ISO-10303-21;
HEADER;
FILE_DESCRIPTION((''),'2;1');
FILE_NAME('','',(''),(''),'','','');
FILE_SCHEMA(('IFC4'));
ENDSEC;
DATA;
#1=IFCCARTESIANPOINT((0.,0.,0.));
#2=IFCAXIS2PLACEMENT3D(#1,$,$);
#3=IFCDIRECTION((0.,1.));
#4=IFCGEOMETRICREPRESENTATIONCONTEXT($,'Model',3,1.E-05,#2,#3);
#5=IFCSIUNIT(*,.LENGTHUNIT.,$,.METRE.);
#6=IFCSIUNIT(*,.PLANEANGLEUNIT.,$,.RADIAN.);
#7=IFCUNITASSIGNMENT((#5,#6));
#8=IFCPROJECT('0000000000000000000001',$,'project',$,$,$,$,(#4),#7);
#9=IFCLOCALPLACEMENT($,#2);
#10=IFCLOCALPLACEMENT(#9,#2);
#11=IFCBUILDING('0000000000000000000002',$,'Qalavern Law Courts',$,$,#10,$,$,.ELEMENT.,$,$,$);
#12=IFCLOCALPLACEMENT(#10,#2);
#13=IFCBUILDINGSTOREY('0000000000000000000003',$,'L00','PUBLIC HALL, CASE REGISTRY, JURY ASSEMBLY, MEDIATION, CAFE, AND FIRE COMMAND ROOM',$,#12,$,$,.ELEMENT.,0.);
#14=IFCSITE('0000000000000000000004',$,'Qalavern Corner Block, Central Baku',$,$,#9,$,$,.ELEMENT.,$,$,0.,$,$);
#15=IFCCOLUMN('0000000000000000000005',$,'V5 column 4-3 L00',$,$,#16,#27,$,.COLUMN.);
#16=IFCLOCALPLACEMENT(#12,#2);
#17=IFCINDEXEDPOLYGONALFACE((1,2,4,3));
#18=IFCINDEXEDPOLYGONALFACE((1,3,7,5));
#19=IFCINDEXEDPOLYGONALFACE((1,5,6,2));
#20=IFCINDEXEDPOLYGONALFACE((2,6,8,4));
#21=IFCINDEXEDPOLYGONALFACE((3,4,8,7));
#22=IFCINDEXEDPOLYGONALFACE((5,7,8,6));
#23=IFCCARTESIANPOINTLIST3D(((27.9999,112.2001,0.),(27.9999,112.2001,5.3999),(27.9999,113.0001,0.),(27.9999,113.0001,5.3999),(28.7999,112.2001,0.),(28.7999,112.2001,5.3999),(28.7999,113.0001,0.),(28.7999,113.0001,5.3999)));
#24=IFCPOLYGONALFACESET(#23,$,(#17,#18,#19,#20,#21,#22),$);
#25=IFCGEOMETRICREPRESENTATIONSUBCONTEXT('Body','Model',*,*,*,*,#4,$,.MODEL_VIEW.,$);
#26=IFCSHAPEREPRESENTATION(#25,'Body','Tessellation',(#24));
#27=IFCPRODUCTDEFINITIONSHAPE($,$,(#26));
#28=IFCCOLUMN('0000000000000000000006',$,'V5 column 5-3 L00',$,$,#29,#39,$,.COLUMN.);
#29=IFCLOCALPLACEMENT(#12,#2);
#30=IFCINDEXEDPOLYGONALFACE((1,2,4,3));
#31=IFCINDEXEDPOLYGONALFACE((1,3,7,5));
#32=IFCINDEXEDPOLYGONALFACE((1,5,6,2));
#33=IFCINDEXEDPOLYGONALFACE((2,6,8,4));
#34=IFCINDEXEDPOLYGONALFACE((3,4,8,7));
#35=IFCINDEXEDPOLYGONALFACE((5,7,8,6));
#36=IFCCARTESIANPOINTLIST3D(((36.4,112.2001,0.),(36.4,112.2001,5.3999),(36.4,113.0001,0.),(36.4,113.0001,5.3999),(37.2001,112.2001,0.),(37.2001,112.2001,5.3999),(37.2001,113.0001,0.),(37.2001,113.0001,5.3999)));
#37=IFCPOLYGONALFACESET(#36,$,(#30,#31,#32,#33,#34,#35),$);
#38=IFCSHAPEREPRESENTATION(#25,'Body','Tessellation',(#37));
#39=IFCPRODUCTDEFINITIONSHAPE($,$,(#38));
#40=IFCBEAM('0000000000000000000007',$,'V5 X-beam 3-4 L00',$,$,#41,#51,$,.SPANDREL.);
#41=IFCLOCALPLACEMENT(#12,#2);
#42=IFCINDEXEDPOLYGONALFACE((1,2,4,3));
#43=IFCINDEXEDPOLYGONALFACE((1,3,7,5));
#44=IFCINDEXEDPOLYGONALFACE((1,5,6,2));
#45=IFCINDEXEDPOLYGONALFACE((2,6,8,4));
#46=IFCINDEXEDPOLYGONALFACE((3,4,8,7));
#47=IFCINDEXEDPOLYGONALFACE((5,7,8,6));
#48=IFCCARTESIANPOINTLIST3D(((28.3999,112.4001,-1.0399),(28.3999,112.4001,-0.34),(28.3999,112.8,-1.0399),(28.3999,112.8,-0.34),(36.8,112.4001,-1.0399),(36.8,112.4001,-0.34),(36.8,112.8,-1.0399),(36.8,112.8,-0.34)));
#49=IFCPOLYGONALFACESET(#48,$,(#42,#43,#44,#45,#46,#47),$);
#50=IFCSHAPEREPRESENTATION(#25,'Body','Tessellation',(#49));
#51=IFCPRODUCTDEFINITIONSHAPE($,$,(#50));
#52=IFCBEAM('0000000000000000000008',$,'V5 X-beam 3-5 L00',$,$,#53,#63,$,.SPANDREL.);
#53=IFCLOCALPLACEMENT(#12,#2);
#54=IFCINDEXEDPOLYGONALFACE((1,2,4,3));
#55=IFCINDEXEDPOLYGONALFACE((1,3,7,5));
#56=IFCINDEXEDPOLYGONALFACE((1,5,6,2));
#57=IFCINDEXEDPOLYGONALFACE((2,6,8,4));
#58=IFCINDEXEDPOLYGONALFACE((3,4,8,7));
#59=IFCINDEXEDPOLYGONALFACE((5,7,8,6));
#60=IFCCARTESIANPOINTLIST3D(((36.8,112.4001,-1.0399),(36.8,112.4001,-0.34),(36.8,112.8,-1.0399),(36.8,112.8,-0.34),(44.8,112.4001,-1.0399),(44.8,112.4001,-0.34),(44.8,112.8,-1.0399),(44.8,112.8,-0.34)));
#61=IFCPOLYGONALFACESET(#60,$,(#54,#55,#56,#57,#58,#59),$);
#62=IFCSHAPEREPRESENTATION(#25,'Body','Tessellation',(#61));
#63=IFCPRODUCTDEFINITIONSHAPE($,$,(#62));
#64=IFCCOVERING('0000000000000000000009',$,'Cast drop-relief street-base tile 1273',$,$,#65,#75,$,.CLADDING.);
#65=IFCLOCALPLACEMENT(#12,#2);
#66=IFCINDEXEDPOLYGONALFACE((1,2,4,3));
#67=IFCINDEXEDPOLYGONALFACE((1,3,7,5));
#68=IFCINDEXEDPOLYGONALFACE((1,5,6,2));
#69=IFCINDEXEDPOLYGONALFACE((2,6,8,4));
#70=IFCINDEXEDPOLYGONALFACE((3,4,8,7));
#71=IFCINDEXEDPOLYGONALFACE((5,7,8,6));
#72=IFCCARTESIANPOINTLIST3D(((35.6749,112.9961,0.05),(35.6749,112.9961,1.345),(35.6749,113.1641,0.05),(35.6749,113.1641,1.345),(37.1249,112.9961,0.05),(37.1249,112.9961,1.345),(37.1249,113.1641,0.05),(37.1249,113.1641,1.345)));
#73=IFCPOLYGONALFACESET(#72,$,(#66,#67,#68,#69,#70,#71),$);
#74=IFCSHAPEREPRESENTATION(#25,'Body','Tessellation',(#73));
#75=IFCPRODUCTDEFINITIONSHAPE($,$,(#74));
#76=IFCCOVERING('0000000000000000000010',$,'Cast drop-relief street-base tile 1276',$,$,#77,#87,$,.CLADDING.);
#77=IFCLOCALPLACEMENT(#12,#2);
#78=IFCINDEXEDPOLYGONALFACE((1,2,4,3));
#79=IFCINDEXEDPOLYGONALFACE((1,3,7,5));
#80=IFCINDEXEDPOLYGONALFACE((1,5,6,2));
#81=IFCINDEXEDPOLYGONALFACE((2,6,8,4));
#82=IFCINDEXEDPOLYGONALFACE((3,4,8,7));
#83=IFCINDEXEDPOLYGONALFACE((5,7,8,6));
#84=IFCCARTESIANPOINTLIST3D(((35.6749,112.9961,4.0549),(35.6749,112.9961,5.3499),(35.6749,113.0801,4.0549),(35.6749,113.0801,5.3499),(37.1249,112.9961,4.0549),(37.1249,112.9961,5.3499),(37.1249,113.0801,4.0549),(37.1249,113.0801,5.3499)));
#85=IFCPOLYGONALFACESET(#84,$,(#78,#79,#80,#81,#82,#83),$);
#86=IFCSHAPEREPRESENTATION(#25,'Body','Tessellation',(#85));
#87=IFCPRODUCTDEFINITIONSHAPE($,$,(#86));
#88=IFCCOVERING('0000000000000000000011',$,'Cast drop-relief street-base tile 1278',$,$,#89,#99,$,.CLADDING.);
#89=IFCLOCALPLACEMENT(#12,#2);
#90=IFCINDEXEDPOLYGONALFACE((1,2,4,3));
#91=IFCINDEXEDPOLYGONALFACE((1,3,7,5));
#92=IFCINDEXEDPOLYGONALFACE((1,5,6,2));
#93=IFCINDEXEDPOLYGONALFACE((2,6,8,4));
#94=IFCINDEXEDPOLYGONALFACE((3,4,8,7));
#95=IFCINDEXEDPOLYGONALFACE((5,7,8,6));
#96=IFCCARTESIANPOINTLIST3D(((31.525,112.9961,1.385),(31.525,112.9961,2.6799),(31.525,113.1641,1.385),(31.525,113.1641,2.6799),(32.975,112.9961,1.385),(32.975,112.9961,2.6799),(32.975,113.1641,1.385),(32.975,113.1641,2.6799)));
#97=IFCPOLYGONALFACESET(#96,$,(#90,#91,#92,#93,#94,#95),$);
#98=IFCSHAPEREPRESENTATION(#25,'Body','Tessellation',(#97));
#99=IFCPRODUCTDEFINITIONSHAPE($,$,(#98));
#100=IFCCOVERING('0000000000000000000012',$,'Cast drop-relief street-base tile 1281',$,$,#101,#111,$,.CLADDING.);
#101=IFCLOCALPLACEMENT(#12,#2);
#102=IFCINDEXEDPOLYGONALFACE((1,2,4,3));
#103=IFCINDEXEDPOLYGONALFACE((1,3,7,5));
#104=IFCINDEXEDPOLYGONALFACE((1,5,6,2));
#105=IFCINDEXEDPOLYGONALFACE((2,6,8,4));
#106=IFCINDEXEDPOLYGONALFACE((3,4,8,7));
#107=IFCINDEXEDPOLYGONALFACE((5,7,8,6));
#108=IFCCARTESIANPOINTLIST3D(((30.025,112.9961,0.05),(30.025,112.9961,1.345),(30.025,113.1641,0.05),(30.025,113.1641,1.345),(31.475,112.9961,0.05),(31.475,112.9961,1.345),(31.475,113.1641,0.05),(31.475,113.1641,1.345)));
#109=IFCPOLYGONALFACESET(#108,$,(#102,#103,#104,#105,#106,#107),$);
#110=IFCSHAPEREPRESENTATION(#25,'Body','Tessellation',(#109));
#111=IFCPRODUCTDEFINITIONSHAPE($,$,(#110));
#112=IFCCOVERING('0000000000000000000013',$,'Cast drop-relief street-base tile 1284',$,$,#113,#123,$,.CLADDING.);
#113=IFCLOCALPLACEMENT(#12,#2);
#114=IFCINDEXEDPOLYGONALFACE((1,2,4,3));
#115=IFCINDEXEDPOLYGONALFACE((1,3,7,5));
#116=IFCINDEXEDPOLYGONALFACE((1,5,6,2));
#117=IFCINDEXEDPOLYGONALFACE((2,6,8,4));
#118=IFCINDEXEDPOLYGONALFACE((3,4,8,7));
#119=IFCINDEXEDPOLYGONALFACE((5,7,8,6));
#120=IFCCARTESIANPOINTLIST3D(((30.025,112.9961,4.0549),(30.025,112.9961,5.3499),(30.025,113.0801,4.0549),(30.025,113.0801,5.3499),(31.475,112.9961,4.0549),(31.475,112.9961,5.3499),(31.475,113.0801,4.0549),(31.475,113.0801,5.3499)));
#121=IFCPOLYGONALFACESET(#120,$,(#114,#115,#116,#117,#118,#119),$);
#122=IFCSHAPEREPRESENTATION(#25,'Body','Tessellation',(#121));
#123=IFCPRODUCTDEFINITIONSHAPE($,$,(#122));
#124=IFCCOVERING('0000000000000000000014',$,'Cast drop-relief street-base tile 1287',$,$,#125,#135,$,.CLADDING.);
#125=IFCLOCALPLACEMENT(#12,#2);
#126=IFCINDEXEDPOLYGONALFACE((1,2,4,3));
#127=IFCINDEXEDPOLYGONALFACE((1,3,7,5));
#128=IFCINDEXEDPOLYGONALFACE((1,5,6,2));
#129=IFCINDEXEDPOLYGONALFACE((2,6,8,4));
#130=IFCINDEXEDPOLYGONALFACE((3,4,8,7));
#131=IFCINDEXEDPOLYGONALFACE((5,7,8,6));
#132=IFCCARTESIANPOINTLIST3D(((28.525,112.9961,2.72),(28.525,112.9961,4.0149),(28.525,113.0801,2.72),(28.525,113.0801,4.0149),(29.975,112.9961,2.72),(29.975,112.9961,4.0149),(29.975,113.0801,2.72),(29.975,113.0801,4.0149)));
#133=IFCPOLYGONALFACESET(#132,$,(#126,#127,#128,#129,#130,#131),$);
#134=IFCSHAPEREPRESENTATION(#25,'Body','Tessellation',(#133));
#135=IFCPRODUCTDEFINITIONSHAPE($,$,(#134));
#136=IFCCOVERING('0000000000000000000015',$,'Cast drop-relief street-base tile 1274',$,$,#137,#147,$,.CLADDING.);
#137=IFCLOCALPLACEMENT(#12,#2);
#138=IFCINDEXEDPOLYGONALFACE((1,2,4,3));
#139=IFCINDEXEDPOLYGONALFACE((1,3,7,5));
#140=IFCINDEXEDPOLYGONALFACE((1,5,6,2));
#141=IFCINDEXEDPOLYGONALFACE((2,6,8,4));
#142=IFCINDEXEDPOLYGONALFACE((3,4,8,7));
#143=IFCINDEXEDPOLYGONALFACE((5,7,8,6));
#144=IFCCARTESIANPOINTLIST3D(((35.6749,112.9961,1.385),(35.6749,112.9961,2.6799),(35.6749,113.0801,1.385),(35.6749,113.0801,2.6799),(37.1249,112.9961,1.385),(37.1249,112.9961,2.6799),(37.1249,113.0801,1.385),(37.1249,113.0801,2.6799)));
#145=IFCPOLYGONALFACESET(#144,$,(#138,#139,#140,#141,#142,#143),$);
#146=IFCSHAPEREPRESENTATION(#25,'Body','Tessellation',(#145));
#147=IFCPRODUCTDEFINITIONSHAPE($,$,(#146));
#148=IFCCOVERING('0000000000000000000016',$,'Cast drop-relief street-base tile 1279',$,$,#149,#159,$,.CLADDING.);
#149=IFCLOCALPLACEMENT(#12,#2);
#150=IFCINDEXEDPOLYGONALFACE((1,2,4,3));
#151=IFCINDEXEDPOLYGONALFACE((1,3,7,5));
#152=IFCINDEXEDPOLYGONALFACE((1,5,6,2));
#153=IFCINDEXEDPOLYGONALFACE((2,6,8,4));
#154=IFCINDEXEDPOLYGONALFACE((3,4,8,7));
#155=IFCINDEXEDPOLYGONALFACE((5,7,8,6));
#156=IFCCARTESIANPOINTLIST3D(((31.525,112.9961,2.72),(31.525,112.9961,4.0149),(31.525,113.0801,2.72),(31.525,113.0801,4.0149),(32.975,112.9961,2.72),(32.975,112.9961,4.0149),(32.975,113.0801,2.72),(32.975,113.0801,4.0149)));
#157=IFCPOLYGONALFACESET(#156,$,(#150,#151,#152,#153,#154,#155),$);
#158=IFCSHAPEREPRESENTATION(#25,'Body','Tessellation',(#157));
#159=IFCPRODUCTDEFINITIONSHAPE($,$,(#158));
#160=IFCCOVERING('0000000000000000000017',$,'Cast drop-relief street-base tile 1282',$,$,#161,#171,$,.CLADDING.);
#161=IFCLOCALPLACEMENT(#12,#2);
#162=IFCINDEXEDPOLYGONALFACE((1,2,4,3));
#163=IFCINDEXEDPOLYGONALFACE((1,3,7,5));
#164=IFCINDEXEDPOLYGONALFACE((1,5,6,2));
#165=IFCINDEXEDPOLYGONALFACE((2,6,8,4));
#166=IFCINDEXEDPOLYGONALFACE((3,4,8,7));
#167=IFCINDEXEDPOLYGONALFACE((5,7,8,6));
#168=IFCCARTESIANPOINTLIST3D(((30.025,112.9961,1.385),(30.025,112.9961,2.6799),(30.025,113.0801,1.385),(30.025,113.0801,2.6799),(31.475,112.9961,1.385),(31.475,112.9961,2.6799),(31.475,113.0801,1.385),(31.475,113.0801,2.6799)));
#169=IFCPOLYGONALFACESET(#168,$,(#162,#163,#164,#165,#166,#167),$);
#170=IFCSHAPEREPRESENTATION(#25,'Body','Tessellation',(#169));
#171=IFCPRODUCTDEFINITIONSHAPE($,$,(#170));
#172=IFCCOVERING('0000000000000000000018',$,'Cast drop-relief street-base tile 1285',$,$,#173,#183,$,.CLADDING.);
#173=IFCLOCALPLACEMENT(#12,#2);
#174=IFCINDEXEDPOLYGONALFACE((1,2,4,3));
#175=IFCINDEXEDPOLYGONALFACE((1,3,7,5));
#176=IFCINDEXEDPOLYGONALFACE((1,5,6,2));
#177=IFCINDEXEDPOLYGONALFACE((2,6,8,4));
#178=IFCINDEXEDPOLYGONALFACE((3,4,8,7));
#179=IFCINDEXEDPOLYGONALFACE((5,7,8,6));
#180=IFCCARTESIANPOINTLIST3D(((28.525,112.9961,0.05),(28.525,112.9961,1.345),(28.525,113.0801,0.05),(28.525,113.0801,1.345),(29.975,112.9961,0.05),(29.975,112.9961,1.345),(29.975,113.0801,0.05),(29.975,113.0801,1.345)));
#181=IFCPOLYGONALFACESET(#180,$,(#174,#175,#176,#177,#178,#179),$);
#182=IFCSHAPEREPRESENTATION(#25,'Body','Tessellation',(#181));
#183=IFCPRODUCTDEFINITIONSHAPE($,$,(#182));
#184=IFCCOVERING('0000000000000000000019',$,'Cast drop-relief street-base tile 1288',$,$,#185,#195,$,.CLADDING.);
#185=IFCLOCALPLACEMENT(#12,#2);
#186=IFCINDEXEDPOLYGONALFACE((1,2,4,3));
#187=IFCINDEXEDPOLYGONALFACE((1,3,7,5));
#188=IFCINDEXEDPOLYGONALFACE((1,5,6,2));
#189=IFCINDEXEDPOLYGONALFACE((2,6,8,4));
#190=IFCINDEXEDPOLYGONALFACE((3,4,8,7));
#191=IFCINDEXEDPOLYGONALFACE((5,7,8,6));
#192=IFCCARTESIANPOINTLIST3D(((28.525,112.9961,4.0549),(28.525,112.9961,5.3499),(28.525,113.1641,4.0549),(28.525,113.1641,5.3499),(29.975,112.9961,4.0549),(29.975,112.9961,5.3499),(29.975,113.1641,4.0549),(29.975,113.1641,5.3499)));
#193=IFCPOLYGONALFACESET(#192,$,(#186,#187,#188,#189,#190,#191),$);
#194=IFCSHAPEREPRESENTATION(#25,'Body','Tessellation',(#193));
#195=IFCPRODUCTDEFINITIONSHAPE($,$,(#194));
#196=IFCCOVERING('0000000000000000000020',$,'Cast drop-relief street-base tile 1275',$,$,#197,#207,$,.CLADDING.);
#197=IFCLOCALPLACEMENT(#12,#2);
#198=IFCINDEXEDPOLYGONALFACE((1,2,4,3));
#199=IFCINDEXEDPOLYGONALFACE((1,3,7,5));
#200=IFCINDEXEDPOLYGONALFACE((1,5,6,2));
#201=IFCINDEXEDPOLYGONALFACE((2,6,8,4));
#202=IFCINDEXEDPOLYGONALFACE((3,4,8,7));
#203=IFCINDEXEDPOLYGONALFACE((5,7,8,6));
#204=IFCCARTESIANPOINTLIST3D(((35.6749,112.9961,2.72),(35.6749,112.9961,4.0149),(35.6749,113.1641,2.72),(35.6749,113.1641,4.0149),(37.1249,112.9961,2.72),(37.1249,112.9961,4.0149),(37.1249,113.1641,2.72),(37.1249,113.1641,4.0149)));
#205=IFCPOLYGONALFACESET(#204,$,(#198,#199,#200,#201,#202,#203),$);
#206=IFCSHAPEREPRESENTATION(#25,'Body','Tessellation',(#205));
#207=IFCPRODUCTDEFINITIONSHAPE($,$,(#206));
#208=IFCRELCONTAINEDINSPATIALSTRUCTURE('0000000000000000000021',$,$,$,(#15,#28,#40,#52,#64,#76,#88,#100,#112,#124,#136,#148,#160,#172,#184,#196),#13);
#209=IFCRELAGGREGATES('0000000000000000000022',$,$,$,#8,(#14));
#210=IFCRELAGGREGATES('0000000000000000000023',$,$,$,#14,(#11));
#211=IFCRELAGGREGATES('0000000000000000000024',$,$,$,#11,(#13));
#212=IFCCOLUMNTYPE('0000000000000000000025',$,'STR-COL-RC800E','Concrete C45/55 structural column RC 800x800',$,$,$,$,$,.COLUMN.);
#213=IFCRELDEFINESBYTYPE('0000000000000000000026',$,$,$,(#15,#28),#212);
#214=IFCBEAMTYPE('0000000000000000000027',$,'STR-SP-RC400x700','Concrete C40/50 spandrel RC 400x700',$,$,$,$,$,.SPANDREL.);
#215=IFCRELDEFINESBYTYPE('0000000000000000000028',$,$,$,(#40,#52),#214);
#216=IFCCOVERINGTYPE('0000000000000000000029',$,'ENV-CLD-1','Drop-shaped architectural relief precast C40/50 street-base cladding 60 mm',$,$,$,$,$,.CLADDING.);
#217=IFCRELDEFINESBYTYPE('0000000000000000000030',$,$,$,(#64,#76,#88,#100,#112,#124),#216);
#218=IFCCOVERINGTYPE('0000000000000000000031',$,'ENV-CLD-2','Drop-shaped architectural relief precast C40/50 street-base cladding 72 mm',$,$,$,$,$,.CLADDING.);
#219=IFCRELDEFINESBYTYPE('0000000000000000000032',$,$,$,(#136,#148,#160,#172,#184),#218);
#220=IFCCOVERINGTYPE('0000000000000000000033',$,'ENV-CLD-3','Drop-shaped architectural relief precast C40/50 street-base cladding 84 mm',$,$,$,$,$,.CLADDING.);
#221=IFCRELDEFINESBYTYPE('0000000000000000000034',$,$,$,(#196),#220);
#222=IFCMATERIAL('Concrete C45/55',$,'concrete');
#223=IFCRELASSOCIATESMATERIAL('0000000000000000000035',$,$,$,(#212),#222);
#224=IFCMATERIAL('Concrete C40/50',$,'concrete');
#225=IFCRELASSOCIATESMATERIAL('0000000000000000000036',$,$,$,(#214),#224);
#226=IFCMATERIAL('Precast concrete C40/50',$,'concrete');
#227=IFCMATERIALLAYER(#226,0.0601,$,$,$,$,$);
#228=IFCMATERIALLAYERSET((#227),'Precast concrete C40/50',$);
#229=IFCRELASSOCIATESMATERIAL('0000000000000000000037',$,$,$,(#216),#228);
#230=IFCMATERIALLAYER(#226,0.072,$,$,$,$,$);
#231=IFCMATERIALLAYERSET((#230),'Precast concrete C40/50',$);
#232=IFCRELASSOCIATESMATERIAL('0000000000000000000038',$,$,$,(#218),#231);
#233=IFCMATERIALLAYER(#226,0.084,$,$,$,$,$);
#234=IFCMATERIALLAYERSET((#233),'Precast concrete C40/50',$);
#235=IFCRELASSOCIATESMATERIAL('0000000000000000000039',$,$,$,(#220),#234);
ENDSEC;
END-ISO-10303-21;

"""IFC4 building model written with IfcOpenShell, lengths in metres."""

from ifc_helpers import new_model, si_unit, direction, frame, origin, origin_2d, place, context, subcontext, project, spatial, rectangle, extrude, material, layer, layer_set, material_profile, profile_set, type_object, element, save


model = new_model("IFC4")

# Units and contexts
model_context = context("Model", 3, precision=1e-05, world=origin(), true_north=direction((0.0, 1.0)))
body_context = subcontext(model_context, "Body", "Model", "MODEL_VIEW")
ifc_project = project(units=[si_unit("LENGTHUNIT", "METRE"), si_unit("PLANEANGLEUNIT", "RADIAN")], contexts=[model_context])

# Site, building, storey
site_placement = place(None, origin())
site = spatial("IfcSite", under=ifc_project, at=site_placement, Name="Qalavern Corner Block, Central Baku", CompositionType="ELEMENT", RefElevation=0.0)
building_placement = place(site_placement, origin())
building = spatial("IfcBuilding", under=site, at=building_placement, Name="Qalavern Law Courts", CompositionType="ELEMENT")
storey_placement = place(building_placement, origin())
storey = spatial("IfcBuildingStorey", under=building, at=storey_placement, Name="L00", Description="PUBLIC HALL, CASE REGISTRY, JURY ASSEMBLY, MEDIATION, CAFE, AND FIRE COMMAND ROOM", CompositionType="ELEMENT", Elevation=0.0)

# Columns
ifc_material_1 = material(Name="Concrete C45/55", Category="concrete")
ifc_material_profile_1 = material_profile(ifc_material_1, rectangle(XDim=0.8, YDim=0.8, at=origin_2d()), Name="RC 800x800")
ifc_profile_set_1 = profile_set([ifc_material_profile_1], Name="Concrete C45/55")
column_type = type_object("IfcColumnType", Name="STR-COL-RC800E", Description="Concrete C45/55 structural column RC 800x800", PredefinedType="COLUMN", material=ifc_profile_set_1)
for number, where, z_axis, x_axis, name in (
    (1, (28.3999, 112.6001, 0.0), (0.0, 0.0, 1.0), (1.0, 0.0, 0.0), "V5 column 4-3 L00"),
    (2, (36.8, 112.6001, 0.0), (0.0, 0.0, 1.0), (1.0, 0.0, 0.0), "V5 column 5-3 L00"),
):
    element("IfcColumn", number, at=place(storey_placement, frame(where, z_axis=z_axis, x_axis=x_axis)), inside=storey, type_object=column_type, Name=name, PredefinedType="COLUMN", context=body_context, shape_type="SweptSolid", body=[
        extrude(rectangle(XDim=0.8, YDim=0.8, at=origin_2d()), origin(), (0.0, 0.0, 1.0), 5.3999),
    ])

# Beams
ifc_material_2 = material(Name="Concrete C40/50", Category="concrete")
ifc_material_profile_2 = material_profile(ifc_material_2, rectangle(XDim=0.3999, YDim=0.7, at=origin_2d()), Name="RC 400x700")
ifc_profile_set_2 = profile_set([ifc_material_profile_2], Name="Concrete C40/50")
beam_type = type_object("IfcBeamType", Name="STR-SP-RC400x700", Description="Concrete C40/50 spandrel RC 400x700", PredefinedType="SPANDREL", material=ifc_profile_set_2)
beam_1_placement = place(storey_placement, frame((28.3999, 112.6001, -0.6899), z_axis=(1.0, 0.0, 0.0), x_axis=(0.0, 1.0, 0.0)))
element("IfcBeam", 3, at=beam_1_placement, inside=storey, type_object=beam_type, Name="V5 X-beam 3-4 L00", PredefinedType="SPANDREL", context=body_context, shape_type="SweptSolid", body=[
    extrude(rectangle(XDim=0.3999, YDim=0.7, at=origin_2d()), origin(), (0.0, 0.0, 1.0), 8.4001),
])
beam_2_placement = place(storey_placement, frame((36.8, 112.6001, -0.6899), z_axis=(1.0, 0.0, 0.0), x_axis=(0.0, 1.0, 0.0)))
element("IfcBeam", 4, at=beam_2_placement, inside=storey, type_object=beam_type, Name="V5 X-beam 3-5 L00", PredefinedType="SPANDREL", context=body_context, shape_type="SweptSolid", body=[
    extrude(rectangle(XDim=0.3999, YDim=0.7, at=origin_2d()), origin(), (0.0, 0.0, 1.0), 8.0),
])

# Coverings
ifc_material_3 = material(Name="Precast concrete C40/50", Category="concrete")
ifc_layer_1 = layer(ifc_material_3, 0.0601)
ifc_layer_set_1 = layer_set([ifc_layer_1], Name="Precast concrete C40/50")
covering_type_1 = type_object("IfcCoveringType", Name="ENV-CLD-1", Description="Drop-shaped architectural relief precast C40/50 street-base cladding 60 mm", PredefinedType="CLADDING", material=ifc_layer_set_1)
covering_1_placement = place(storey_placement, frame((36.3999, 113.0801, 0.05), z_axis=(0.0, 0.0, 1.0), x_axis=(-1.0, 0.0, 0.0)))
element("IfcCovering", 5, at=covering_1_placement, inside=storey, type_object=covering_type_1, Name="Cast drop-relief street-base tile 1273", PredefinedType="CLADDING", context=body_context, shape_type="SweptSolid", body=[
    extrude(rectangle(XDim=1.45, YDim=0.168, at=origin_2d()), origin(), (0.0, 0.0, 1.0), 1.2949),
])
covering_2_placement = place(storey_placement, frame((36.3999, 113.0381, 4.0549), z_axis=(0.0, 0.0, 1.0), x_axis=(-1.0, 0.0, 0.0)))
element("IfcCovering", 6, at=covering_2_placement, inside=storey, type_object=covering_type_1, Name="Cast drop-relief street-base tile 1276", PredefinedType="CLADDING", context=body_context, shape_type="SweptSolid", body=[
    extrude(rectangle(XDim=1.45, YDim=0.084, at=origin_2d()), origin(), (0.0, 0.0, 1.0), 1.2949),
])
for number, where, z_axis, x_axis, name in (
    (7, (32.25, 113.0801, 1.385), (0.0, 0.0, 1.0), (-1.0, 0.0, 0.0), "Cast drop-relief street-base tile 1278"),
    (8, (30.75, 113.0801, 0.05), (0.0, 0.0, 1.0), (-1.0, 0.0, 0.0), "Cast drop-relief street-base tile 1281"),
):
    element("IfcCovering", number, at=place(storey_placement, frame(where, z_axis=z_axis, x_axis=x_axis)), inside=storey, type_object=covering_type_1, Name=name, PredefinedType="CLADDING", context=body_context, shape_type="SweptSolid", body=[
        extrude(rectangle(XDim=1.45, YDim=0.168, at=origin_2d()), origin(), (0.0, 0.0, 1.0), 1.2949),
    ])
for number, where, z_axis, x_axis, name in (
    (9, (30.75, 113.0381, 4.0549), (0.0, 0.0, 1.0), (-1.0, 0.0, 0.0), "Cast drop-relief street-base tile 1284"),
    (10, (29.25, 113.0381, 2.72), (0.0, 0.0, 1.0), (-1.0, 0.0, 0.0), "Cast drop-relief street-base tile 1287"),
):
    element("IfcCovering", number, at=place(storey_placement, frame(where, z_axis=z_axis, x_axis=x_axis)), inside=storey, type_object=covering_type_1, Name=name, PredefinedType="CLADDING", context=body_context, shape_type="SweptSolid", body=[
        extrude(rectangle(XDim=1.45, YDim=0.084, at=origin_2d()), origin(), (0.0, 0.0, 1.0), 1.2949),
    ])
ifc_layer_2 = layer(ifc_material_3, 0.072)
ifc_layer_set_2 = layer_set([ifc_layer_2], Name="Precast concrete C40/50")
covering_type_2 = type_object("IfcCoveringType", Name="ENV-CLD-2", Description="Drop-shaped architectural relief precast C40/50 street-base cladding 72 mm", PredefinedType="CLADDING", material=ifc_layer_set_2)
for number, where, z_axis, x_axis, name in (
    (11, (36.3999, 113.0381, 1.385), (0.0, 0.0, 1.0), (-1.0, 0.0, 0.0), "Cast drop-relief street-base tile 1274"),
    (12, (32.25, 113.0381, 2.72), (0.0, 0.0, 1.0), (-1.0, 0.0, 0.0), "Cast drop-relief street-base tile 1279"),
    (13, (30.75, 113.0381, 1.385), (0.0, 0.0, 1.0), (-1.0, 0.0, 0.0), "Cast drop-relief street-base tile 1282"),
    (14, (29.25, 113.0381, 0.05), (0.0, 0.0, 1.0), (-1.0, 0.0, 0.0), "Cast drop-relief street-base tile 1285"),
):
    element("IfcCovering", number, at=place(storey_placement, frame(where, z_axis=z_axis, x_axis=x_axis)), inside=storey, type_object=covering_type_2, Name=name, PredefinedType="CLADDING", context=body_context, shape_type="SweptSolid", body=[
        extrude(rectangle(XDim=1.45, YDim=0.084, at=origin_2d()), origin(), (0.0, 0.0, 1.0), 1.2949),
    ])
covering_3_placement = place(storey_placement, frame((29.25, 113.0801, 4.0549), z_axis=(0.0, 0.0, 1.0), x_axis=(-1.0, 0.0, 0.0)))
element("IfcCovering", 15, at=covering_3_placement, inside=storey, type_object=covering_type_2, Name="Cast drop-relief street-base tile 1288", PredefinedType="CLADDING", context=body_context, shape_type="SweptSolid", body=[
    extrude(rectangle(XDim=1.45, YDim=0.168, at=origin_2d()), origin(), (0.0, 0.0, 1.0), 1.2949),
])
ifc_layer_3 = layer(ifc_material_3, 0.084)
ifc_layer_set_3 = layer_set([ifc_layer_3], Name="Precast concrete C40/50")
covering_type_3 = type_object("IfcCoveringType", Name="ENV-CLD-3", Description="Drop-shaped architectural relief precast C40/50 street-base cladding 84 mm", PredefinedType="CLADDING", material=ifc_layer_set_3)
covering_4_placement = place(storey_placement, frame((36.3999, 113.0801, 2.72), z_axis=(0.0, 0.0, 1.0), x_axis=(-1.0, 0.0, 0.0)))
element("IfcCovering", 16, at=covering_4_placement, inside=storey, type_object=covering_type_3, Name="Cast drop-relief street-base tile 1275", PredefinedType="CLADDING", context=body_context, shape_type="SweptSolid", body=[
    extrude(rectangle(XDim=1.45, YDim=0.168, at=origin_2d()), origin(), (0.0, 0.0, 1.0), 1.2949),
])

save(model, "model.ifc")
